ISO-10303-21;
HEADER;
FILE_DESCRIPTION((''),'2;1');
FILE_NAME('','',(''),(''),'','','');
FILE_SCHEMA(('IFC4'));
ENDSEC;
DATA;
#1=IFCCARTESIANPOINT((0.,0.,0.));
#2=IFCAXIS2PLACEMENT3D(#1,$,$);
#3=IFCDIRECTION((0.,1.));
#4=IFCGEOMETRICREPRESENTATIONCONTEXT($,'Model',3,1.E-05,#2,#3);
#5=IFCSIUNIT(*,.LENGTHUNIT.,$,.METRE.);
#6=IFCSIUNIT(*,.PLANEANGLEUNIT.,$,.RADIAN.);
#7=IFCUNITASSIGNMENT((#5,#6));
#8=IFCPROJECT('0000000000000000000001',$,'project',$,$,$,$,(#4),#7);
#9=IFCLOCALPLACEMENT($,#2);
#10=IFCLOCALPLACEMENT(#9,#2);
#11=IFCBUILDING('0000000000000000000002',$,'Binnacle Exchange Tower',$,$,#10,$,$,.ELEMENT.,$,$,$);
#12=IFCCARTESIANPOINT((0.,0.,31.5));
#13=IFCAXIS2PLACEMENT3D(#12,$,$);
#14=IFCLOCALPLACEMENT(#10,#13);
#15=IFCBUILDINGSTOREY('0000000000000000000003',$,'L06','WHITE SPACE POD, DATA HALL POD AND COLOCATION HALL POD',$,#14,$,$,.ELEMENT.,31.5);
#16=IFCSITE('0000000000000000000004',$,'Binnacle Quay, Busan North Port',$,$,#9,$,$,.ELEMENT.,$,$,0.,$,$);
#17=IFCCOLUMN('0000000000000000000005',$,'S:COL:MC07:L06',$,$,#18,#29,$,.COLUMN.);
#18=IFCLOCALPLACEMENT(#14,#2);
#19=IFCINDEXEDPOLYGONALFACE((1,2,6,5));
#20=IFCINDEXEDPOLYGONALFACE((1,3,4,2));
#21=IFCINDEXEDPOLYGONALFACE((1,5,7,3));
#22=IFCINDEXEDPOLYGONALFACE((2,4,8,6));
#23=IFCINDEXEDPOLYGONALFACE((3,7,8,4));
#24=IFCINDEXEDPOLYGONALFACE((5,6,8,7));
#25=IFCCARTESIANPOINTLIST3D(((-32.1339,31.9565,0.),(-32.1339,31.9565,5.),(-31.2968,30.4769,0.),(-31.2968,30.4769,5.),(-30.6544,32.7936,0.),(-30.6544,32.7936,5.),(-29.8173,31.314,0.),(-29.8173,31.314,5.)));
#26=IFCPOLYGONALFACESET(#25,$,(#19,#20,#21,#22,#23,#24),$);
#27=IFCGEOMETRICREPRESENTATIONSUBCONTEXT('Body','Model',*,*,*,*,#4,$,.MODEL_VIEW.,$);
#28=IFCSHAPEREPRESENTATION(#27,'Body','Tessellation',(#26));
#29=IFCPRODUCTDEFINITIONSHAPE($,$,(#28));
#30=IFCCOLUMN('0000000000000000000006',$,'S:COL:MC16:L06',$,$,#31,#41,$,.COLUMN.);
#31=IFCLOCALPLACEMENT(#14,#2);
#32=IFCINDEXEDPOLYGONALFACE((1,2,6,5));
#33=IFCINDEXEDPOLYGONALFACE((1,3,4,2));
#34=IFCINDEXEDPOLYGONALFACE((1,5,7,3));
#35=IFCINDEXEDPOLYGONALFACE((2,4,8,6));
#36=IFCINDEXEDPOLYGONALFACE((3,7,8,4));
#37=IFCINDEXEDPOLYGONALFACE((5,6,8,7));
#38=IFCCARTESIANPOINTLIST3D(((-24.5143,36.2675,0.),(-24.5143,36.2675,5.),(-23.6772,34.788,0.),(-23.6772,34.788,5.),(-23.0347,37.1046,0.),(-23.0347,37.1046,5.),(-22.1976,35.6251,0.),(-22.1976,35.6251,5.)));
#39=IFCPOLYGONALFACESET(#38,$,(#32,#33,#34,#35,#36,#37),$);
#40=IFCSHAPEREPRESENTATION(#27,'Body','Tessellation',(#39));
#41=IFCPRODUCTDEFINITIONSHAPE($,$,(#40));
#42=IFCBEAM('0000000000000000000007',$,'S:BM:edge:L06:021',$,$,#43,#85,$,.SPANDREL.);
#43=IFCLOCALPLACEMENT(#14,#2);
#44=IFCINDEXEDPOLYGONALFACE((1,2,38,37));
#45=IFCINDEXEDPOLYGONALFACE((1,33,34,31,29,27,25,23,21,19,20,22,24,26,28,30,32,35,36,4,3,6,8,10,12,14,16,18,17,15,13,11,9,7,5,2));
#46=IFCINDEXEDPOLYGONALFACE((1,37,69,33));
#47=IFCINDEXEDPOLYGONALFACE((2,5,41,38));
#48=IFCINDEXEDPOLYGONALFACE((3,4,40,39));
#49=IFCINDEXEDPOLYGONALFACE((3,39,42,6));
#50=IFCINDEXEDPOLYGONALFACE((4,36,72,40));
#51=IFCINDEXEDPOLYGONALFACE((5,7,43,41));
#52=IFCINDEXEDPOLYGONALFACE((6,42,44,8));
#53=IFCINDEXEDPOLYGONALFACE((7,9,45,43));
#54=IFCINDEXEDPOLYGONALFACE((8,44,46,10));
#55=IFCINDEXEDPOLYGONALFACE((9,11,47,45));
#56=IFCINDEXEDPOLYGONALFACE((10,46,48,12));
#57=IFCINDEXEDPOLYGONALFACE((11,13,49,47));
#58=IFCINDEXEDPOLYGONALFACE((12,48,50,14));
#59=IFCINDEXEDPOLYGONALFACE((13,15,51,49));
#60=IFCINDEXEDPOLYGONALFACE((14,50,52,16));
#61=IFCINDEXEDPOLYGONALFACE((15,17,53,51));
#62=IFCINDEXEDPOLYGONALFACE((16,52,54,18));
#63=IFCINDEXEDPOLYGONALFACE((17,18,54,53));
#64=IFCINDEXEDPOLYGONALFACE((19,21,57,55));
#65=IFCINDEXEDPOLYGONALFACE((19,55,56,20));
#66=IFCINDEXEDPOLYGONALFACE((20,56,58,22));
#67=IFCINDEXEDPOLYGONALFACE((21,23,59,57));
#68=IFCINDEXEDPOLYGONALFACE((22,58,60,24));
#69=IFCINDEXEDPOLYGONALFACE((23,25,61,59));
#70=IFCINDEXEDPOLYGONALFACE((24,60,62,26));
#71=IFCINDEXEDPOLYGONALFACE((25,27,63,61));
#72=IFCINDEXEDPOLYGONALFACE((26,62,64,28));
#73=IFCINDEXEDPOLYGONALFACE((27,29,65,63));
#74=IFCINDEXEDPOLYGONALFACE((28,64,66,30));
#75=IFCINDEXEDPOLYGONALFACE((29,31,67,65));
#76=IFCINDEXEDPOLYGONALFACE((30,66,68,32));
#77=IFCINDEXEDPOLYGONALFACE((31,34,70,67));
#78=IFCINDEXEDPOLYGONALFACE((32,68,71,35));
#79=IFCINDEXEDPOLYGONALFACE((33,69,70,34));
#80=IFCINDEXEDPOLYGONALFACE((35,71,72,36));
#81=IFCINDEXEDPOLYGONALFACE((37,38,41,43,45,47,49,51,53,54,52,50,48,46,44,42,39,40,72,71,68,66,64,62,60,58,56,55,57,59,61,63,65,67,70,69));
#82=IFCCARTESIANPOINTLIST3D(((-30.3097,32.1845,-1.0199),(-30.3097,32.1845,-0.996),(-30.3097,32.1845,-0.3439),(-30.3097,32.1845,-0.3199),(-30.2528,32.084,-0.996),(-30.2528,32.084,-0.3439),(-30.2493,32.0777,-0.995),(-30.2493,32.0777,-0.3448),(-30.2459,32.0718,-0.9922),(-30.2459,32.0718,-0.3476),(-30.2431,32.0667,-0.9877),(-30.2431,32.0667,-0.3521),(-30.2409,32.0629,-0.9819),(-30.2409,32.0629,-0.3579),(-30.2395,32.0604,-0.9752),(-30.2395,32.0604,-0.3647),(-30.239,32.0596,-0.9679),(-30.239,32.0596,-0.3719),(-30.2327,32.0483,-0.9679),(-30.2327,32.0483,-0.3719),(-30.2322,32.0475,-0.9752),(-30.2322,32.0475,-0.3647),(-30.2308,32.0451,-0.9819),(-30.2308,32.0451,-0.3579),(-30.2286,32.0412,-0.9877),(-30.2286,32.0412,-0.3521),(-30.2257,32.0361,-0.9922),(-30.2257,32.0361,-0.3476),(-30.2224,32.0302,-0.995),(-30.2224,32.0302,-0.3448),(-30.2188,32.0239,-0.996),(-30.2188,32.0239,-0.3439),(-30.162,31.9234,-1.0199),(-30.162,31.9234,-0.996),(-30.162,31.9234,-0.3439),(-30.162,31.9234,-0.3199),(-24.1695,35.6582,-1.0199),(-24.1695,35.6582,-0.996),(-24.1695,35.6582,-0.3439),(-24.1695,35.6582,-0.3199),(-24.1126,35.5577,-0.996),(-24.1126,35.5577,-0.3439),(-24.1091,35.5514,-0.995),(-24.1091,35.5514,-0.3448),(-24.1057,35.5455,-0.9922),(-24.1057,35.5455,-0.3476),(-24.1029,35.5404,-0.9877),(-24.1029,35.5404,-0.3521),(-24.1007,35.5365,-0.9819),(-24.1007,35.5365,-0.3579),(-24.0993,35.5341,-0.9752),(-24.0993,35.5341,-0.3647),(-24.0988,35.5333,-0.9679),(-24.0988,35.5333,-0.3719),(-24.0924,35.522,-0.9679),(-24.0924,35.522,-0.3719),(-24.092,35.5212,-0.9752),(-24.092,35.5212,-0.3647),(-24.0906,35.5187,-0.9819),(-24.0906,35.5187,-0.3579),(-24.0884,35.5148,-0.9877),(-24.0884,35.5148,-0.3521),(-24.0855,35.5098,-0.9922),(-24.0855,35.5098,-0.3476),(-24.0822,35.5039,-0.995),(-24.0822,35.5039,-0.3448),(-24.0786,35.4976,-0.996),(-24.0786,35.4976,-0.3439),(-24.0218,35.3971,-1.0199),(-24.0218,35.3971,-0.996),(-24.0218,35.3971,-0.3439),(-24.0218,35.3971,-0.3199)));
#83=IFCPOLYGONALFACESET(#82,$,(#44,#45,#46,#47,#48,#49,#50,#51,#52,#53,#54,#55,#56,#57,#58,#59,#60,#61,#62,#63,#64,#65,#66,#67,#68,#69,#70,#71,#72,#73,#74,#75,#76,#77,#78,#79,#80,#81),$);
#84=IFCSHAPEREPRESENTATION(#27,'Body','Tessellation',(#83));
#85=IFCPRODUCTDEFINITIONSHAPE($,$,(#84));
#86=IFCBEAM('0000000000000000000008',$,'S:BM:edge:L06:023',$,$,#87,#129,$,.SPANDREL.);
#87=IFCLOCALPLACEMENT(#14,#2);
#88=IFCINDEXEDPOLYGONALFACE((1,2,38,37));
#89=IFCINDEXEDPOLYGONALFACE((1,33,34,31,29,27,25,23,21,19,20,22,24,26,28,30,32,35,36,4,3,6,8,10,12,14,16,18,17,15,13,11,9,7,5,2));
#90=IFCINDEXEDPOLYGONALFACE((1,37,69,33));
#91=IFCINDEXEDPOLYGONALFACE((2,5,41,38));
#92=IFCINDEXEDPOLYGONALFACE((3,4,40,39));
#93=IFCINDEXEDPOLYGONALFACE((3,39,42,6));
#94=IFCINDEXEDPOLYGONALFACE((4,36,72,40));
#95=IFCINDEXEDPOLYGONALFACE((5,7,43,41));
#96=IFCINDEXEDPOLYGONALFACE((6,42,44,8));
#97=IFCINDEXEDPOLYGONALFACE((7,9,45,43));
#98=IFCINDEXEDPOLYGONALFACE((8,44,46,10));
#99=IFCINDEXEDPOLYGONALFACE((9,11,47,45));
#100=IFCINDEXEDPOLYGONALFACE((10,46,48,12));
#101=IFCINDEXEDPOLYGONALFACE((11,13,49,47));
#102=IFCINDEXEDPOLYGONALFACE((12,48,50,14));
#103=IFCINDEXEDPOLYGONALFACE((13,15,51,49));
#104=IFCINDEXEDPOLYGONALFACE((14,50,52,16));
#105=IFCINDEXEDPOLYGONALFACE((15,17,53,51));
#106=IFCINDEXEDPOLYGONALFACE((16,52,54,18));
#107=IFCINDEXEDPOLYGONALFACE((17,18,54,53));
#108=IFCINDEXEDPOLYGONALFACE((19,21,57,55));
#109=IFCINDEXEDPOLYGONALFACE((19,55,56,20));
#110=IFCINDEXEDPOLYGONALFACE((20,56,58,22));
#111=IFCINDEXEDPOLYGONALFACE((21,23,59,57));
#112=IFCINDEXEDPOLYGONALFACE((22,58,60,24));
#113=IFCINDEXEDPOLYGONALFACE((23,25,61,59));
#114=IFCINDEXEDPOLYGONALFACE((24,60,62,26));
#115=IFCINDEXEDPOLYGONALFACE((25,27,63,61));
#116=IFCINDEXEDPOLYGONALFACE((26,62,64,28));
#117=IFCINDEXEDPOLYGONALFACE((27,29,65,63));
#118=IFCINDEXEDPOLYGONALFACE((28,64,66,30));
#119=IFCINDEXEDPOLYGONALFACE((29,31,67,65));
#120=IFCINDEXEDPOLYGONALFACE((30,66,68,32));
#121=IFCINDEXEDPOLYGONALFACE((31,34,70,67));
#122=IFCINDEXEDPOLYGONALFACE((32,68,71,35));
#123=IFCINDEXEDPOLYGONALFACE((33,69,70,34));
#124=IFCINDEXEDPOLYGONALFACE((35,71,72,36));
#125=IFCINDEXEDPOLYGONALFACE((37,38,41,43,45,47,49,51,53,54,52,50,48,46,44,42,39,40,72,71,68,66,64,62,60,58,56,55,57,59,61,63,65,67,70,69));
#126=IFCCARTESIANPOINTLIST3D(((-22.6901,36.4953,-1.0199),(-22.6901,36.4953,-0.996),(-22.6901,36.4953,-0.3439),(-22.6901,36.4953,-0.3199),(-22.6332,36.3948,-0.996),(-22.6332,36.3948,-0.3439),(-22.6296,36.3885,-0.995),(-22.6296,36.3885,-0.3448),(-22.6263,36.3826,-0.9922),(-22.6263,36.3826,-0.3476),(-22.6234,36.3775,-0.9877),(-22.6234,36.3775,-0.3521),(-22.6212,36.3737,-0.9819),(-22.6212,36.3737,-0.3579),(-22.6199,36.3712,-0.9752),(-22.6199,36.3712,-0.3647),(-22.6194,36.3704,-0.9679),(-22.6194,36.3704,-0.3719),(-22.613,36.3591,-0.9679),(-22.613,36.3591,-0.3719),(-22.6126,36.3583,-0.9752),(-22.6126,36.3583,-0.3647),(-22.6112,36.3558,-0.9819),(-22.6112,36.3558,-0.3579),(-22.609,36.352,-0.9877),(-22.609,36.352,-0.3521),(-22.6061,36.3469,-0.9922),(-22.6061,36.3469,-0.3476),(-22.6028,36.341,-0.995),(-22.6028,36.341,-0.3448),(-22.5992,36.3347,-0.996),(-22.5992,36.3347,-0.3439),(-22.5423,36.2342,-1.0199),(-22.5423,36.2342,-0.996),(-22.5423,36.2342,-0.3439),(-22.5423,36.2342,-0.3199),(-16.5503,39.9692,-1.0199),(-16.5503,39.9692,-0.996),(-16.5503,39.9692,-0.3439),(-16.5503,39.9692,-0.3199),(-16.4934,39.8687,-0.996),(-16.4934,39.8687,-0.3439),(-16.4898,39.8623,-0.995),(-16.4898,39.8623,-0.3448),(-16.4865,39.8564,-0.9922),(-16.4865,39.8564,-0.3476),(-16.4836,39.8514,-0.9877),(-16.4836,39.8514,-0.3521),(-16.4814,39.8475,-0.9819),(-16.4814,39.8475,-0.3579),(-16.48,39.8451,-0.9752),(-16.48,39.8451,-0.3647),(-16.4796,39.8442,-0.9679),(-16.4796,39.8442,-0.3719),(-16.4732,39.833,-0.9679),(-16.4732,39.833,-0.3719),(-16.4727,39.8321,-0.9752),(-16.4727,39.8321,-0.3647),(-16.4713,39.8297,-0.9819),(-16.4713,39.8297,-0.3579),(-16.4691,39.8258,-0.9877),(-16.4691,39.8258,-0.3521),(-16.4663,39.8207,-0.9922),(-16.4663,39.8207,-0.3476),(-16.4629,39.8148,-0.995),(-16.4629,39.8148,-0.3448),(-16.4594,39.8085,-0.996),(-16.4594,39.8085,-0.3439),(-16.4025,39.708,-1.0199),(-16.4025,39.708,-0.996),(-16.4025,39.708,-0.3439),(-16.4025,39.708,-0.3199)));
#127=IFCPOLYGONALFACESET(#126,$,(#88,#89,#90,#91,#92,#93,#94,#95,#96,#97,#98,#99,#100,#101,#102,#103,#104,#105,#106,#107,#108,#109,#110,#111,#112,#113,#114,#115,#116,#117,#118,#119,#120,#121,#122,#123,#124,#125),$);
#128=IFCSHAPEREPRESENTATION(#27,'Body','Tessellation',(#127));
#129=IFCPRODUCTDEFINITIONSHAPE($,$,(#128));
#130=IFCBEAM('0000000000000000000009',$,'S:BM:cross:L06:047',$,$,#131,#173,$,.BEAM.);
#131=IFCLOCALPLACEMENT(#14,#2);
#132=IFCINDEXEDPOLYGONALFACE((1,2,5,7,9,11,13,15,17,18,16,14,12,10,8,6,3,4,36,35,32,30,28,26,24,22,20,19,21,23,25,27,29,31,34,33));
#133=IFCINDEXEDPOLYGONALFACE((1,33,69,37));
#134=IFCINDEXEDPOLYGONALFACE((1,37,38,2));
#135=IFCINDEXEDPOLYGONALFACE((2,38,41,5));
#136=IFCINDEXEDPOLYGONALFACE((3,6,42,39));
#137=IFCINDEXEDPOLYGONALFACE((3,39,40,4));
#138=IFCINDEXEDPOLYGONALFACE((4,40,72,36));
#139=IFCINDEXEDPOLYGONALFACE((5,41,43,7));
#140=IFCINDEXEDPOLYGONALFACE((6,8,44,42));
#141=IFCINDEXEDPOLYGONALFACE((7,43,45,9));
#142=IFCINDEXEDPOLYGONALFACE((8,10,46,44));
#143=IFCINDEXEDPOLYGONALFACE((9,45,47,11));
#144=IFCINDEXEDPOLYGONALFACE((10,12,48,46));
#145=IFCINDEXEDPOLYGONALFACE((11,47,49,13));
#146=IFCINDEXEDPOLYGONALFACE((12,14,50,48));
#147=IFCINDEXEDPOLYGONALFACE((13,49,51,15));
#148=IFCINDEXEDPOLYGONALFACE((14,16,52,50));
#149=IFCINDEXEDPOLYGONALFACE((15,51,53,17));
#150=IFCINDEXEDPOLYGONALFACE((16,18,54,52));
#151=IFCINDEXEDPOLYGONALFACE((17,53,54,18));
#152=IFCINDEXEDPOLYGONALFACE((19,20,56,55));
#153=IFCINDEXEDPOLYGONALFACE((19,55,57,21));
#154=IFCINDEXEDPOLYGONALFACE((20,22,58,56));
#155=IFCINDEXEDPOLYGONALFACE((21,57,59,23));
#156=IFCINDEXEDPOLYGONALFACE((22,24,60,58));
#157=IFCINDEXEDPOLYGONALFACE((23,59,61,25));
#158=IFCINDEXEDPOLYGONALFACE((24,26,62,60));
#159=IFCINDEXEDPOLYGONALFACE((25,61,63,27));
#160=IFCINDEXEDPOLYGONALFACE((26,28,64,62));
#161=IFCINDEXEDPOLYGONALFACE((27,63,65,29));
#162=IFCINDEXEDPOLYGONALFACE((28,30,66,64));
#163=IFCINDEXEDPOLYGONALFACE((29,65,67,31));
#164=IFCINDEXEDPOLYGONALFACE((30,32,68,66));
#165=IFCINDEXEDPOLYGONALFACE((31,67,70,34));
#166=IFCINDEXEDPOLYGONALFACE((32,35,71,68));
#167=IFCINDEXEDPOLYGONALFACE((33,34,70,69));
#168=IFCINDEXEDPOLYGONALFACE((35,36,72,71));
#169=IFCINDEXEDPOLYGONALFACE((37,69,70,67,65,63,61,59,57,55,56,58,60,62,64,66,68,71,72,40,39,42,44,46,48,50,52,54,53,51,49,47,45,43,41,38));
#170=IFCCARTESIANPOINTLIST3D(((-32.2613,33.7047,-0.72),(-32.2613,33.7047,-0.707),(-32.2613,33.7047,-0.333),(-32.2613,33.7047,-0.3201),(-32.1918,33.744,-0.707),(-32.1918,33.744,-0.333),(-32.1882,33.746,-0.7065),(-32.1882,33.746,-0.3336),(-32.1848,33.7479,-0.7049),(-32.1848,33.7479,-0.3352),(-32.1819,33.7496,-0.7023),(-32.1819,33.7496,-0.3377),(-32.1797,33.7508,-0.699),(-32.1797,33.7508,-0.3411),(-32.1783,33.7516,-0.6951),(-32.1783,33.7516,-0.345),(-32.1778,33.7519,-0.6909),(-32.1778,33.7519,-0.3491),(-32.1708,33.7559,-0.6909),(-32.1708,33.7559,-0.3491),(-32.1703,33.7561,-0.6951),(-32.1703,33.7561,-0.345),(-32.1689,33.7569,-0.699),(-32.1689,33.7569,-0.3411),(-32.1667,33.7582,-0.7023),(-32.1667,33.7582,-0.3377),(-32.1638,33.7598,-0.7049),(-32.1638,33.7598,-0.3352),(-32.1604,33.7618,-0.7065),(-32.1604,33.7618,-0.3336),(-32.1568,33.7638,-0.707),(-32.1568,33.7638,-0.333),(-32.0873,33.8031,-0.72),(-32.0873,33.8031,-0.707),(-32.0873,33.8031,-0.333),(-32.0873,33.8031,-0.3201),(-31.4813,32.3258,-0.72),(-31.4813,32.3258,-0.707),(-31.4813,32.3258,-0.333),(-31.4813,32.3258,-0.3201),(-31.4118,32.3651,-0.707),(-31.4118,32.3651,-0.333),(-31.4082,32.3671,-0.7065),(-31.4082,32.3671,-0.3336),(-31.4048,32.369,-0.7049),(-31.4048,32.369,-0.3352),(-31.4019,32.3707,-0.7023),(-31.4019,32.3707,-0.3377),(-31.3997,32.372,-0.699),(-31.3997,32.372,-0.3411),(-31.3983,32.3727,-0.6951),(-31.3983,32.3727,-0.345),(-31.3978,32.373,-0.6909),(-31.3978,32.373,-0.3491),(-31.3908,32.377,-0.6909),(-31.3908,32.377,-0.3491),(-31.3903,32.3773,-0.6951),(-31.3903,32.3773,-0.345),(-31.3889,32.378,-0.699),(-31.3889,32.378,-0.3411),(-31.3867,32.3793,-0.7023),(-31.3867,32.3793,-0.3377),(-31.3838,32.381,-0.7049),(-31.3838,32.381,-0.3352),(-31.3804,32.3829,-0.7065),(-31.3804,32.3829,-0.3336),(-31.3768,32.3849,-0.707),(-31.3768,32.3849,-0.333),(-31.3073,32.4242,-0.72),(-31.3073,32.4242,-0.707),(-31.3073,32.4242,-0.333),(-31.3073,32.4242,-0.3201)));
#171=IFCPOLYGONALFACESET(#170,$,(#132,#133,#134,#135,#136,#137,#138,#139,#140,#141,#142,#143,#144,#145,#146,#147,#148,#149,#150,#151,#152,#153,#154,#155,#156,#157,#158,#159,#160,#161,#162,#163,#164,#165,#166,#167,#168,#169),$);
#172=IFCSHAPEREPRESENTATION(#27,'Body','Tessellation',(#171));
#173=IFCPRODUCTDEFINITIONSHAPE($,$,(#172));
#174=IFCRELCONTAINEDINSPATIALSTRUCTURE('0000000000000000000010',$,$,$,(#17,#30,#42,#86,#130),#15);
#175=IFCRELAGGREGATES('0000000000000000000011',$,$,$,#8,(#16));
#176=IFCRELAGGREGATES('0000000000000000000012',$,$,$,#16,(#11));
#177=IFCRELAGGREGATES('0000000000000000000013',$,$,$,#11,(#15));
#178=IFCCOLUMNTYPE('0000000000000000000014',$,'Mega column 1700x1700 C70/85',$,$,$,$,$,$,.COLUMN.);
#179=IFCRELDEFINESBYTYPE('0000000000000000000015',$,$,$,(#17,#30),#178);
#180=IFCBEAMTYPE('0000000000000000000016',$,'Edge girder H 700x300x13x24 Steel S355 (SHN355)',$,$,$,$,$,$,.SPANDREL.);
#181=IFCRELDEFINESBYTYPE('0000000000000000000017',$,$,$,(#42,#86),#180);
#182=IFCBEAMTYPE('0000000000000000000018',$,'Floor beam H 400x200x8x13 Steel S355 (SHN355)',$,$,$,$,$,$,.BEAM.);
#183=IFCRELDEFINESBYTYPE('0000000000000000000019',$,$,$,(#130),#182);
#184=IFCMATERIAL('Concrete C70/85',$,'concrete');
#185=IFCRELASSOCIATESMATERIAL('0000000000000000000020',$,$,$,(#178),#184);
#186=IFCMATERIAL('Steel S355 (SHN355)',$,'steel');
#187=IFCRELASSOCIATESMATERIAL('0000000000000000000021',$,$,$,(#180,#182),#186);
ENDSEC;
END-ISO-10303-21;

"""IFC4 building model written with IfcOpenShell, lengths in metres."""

from ifc_helpers import new_model, si_unit, direction, frame, origin, origin_2d, place, context, subcontext, project, spatial, rectangle, i_section, extrude, material, material_profile, profile_set, type_object, element, save


model = new_model("IFC4")

# Units and contexts
model_context = context("Model", 3, precision=1e-05, world=origin(), true_north=direction((0.0, 1.0)))
body_context = subcontext(model_context, "Body", "Model", "MODEL_VIEW")
ifc_project = project(units=[si_unit("LENGTHUNIT", "METRE"), si_unit("PLANEANGLEUNIT", "RADIAN")], contexts=[model_context])

# Site, building, storey
site_placement = place(None, origin())
site = spatial("IfcSite", under=ifc_project, at=site_placement, Name="Binnacle Quay, Busan North Port", CompositionType="ELEMENT", RefElevation=0.0)
building_placement = place(site_placement, origin())
building = spatial("IfcBuilding", under=site, at=building_placement, Name="Binnacle Exchange Tower", CompositionType="ELEMENT")
storey_placement = place(building_placement, frame((0.0, 0.0, 31.5)))
storey = spatial("IfcBuildingStorey", under=building, at=storey_placement, Name="L06", Description="WHITE SPACE POD, DATA HALL POD AND COLOCATION HALL POD", CompositionType="ELEMENT", Elevation=31.5)

# Columns
ifc_material_1 = material(Name="Concrete C70/85", Category="concrete")
ifc_material_profile_1 = material_profile(ifc_material_1, rectangle(XDim=1.7, YDim=1.7, at=origin_2d()), Name="Mega column 1700x1700 C70/85")
ifc_profile_set_1 = profile_set([ifc_material_profile_1], Name="Concrete C70/85")
column_type = type_object("IfcColumnType", Name="Mega column 1700x1700 C70/85", PredefinedType="COLUMN", material=ifc_profile_set_1)
for number, where, z_axis, x_axis, name in (
    (1, (-30.9756, 31.6353, 0.0), (0.0, 0.0, 1.0), (0.870356, 0.492424, 0.0), "S:COL:MC07:L06"),
    (2, (-23.356, 35.9463, 0.0), (0.0, 0.0, 1.0), (0.870356, 0.492424, 0.0), "S:COL:MC16:L06"),
):
    element("IfcColumn", number, at=place(storey_placement, frame(where, z_axis=z_axis, x_axis=x_axis)), inside=storey, type_object=column_type, Name=name, PredefinedType="COLUMN", context=body_context, shape_type="SweptSolid", body=[
        extrude(rectangle(XDim=1.7, YDim=1.7, at=origin_2d()), origin(), (0.0, 0.0, 1.0), 5.0),
    ])

# Beams
ifc_material_2 = material(Name="Steel S355 (SHN355)", Category="steel")
ifc_material_profile_2 = material_profile(ifc_material_2, i_section(OverallWidth=0.3, OverallDepth=0.7, WebThickness=0.0129, FlangeThickness=0.0239, FilletRadius=0.0281, at=origin_2d()), Name="H 700x300x13x24")
ifc_profile_set_2 = profile_set([ifc_material_profile_2], Name="Steel S355 (SHN355)")
beam_type_1 = type_object("IfcBeamType", Name="Edge girder H 700x300x13x24 Steel S355 (SHN355)", PredefinedType="SPANDREL", material=ifc_profile_set_2)
beam_1_placement = place(storey_placement, frame((-30.2358, 32.054, -0.6699), z_axis=(0.870373, 0.492392, 0.0), x_axis=(-0.492392, 0.870373, 0.0)))
element("IfcBeam", 3, at=beam_1_placement, inside=storey, type_object=beam_type_1, Name="S:BM:edge:L06:021", PredefinedType="SPANDREL", context=body_context, shape_type="SweptSolid", body=[
    extrude(i_section(OverallWidth=0.3, OverallDepth=0.7, WebThickness=0.0129, FlangeThickness=0.0239, FilletRadius=0.0281, at=origin_2d()), origin(), (0.0, 0.0, 1.0), 7.0547),
])
beam_2_placement = place(storey_placement, frame((-22.6162, 36.3647, -0.6699), z_axis=(0.87035, 0.492434, 0.0), x_axis=(-0.492434, 0.87035, 0.0)))
element("IfcBeam", 4, at=beam_2_placement, inside=storey, type_object=beam_type_1, Name="S:BM:edge:L06:023", PredefinedType="SPANDREL", context=body_context, shape_type="SweptSolid", body=[
    extrude(i_section(OverallWidth=0.3, OverallDepth=0.7, WebThickness=0.0129, FlangeThickness=0.0239, FilletRadius=0.0281, at=origin_2d()), origin(), (0.0, 0.0, 1.0), 7.0544),
])
ifc_material_profile_3 = material_profile(ifc_material_2, i_section(OverallWidth=0.2, OverallDepth=0.3999, WebThickness=0.0081, FlangeThickness=0.0129, FilletRadius=0.0161, at=origin_2d()), Name="H 400x200x8x13")
ifc_profile_set_3 = profile_set([ifc_material_profile_3], Name="Steel S355 (SHN355)")
beam_type_2 = type_object("IfcBeamType", Name="Floor beam H 400x200x8x13 Steel S355 (SHN355)", PredefinedType="BEAM", material=ifc_profile_set_3)
beam_3_placement = place(storey_placement, frame((-31.3943, 32.375, -0.52), z_axis=(-0.492367, 0.870388, 0.0), x_axis=(-0.870388, -0.492367, 0.0)))
element("IfcBeam", 5, at=beam_3_placement, inside=storey, type_object=beam_type_2, Name="S:BM:cross:L06:047", PredefinedType="BEAM", context=body_context, shape_type="SweptSolid", body=[
    extrude(i_section(OverallWidth=0.2, OverallDepth=0.3999, WebThickness=0.0081, FlangeThickness=0.0129, FilletRadius=0.0161, at=origin_2d()), origin(), (0.0, 0.0, 1.0), 1.5842),
])

save(model, "model.ifc")
